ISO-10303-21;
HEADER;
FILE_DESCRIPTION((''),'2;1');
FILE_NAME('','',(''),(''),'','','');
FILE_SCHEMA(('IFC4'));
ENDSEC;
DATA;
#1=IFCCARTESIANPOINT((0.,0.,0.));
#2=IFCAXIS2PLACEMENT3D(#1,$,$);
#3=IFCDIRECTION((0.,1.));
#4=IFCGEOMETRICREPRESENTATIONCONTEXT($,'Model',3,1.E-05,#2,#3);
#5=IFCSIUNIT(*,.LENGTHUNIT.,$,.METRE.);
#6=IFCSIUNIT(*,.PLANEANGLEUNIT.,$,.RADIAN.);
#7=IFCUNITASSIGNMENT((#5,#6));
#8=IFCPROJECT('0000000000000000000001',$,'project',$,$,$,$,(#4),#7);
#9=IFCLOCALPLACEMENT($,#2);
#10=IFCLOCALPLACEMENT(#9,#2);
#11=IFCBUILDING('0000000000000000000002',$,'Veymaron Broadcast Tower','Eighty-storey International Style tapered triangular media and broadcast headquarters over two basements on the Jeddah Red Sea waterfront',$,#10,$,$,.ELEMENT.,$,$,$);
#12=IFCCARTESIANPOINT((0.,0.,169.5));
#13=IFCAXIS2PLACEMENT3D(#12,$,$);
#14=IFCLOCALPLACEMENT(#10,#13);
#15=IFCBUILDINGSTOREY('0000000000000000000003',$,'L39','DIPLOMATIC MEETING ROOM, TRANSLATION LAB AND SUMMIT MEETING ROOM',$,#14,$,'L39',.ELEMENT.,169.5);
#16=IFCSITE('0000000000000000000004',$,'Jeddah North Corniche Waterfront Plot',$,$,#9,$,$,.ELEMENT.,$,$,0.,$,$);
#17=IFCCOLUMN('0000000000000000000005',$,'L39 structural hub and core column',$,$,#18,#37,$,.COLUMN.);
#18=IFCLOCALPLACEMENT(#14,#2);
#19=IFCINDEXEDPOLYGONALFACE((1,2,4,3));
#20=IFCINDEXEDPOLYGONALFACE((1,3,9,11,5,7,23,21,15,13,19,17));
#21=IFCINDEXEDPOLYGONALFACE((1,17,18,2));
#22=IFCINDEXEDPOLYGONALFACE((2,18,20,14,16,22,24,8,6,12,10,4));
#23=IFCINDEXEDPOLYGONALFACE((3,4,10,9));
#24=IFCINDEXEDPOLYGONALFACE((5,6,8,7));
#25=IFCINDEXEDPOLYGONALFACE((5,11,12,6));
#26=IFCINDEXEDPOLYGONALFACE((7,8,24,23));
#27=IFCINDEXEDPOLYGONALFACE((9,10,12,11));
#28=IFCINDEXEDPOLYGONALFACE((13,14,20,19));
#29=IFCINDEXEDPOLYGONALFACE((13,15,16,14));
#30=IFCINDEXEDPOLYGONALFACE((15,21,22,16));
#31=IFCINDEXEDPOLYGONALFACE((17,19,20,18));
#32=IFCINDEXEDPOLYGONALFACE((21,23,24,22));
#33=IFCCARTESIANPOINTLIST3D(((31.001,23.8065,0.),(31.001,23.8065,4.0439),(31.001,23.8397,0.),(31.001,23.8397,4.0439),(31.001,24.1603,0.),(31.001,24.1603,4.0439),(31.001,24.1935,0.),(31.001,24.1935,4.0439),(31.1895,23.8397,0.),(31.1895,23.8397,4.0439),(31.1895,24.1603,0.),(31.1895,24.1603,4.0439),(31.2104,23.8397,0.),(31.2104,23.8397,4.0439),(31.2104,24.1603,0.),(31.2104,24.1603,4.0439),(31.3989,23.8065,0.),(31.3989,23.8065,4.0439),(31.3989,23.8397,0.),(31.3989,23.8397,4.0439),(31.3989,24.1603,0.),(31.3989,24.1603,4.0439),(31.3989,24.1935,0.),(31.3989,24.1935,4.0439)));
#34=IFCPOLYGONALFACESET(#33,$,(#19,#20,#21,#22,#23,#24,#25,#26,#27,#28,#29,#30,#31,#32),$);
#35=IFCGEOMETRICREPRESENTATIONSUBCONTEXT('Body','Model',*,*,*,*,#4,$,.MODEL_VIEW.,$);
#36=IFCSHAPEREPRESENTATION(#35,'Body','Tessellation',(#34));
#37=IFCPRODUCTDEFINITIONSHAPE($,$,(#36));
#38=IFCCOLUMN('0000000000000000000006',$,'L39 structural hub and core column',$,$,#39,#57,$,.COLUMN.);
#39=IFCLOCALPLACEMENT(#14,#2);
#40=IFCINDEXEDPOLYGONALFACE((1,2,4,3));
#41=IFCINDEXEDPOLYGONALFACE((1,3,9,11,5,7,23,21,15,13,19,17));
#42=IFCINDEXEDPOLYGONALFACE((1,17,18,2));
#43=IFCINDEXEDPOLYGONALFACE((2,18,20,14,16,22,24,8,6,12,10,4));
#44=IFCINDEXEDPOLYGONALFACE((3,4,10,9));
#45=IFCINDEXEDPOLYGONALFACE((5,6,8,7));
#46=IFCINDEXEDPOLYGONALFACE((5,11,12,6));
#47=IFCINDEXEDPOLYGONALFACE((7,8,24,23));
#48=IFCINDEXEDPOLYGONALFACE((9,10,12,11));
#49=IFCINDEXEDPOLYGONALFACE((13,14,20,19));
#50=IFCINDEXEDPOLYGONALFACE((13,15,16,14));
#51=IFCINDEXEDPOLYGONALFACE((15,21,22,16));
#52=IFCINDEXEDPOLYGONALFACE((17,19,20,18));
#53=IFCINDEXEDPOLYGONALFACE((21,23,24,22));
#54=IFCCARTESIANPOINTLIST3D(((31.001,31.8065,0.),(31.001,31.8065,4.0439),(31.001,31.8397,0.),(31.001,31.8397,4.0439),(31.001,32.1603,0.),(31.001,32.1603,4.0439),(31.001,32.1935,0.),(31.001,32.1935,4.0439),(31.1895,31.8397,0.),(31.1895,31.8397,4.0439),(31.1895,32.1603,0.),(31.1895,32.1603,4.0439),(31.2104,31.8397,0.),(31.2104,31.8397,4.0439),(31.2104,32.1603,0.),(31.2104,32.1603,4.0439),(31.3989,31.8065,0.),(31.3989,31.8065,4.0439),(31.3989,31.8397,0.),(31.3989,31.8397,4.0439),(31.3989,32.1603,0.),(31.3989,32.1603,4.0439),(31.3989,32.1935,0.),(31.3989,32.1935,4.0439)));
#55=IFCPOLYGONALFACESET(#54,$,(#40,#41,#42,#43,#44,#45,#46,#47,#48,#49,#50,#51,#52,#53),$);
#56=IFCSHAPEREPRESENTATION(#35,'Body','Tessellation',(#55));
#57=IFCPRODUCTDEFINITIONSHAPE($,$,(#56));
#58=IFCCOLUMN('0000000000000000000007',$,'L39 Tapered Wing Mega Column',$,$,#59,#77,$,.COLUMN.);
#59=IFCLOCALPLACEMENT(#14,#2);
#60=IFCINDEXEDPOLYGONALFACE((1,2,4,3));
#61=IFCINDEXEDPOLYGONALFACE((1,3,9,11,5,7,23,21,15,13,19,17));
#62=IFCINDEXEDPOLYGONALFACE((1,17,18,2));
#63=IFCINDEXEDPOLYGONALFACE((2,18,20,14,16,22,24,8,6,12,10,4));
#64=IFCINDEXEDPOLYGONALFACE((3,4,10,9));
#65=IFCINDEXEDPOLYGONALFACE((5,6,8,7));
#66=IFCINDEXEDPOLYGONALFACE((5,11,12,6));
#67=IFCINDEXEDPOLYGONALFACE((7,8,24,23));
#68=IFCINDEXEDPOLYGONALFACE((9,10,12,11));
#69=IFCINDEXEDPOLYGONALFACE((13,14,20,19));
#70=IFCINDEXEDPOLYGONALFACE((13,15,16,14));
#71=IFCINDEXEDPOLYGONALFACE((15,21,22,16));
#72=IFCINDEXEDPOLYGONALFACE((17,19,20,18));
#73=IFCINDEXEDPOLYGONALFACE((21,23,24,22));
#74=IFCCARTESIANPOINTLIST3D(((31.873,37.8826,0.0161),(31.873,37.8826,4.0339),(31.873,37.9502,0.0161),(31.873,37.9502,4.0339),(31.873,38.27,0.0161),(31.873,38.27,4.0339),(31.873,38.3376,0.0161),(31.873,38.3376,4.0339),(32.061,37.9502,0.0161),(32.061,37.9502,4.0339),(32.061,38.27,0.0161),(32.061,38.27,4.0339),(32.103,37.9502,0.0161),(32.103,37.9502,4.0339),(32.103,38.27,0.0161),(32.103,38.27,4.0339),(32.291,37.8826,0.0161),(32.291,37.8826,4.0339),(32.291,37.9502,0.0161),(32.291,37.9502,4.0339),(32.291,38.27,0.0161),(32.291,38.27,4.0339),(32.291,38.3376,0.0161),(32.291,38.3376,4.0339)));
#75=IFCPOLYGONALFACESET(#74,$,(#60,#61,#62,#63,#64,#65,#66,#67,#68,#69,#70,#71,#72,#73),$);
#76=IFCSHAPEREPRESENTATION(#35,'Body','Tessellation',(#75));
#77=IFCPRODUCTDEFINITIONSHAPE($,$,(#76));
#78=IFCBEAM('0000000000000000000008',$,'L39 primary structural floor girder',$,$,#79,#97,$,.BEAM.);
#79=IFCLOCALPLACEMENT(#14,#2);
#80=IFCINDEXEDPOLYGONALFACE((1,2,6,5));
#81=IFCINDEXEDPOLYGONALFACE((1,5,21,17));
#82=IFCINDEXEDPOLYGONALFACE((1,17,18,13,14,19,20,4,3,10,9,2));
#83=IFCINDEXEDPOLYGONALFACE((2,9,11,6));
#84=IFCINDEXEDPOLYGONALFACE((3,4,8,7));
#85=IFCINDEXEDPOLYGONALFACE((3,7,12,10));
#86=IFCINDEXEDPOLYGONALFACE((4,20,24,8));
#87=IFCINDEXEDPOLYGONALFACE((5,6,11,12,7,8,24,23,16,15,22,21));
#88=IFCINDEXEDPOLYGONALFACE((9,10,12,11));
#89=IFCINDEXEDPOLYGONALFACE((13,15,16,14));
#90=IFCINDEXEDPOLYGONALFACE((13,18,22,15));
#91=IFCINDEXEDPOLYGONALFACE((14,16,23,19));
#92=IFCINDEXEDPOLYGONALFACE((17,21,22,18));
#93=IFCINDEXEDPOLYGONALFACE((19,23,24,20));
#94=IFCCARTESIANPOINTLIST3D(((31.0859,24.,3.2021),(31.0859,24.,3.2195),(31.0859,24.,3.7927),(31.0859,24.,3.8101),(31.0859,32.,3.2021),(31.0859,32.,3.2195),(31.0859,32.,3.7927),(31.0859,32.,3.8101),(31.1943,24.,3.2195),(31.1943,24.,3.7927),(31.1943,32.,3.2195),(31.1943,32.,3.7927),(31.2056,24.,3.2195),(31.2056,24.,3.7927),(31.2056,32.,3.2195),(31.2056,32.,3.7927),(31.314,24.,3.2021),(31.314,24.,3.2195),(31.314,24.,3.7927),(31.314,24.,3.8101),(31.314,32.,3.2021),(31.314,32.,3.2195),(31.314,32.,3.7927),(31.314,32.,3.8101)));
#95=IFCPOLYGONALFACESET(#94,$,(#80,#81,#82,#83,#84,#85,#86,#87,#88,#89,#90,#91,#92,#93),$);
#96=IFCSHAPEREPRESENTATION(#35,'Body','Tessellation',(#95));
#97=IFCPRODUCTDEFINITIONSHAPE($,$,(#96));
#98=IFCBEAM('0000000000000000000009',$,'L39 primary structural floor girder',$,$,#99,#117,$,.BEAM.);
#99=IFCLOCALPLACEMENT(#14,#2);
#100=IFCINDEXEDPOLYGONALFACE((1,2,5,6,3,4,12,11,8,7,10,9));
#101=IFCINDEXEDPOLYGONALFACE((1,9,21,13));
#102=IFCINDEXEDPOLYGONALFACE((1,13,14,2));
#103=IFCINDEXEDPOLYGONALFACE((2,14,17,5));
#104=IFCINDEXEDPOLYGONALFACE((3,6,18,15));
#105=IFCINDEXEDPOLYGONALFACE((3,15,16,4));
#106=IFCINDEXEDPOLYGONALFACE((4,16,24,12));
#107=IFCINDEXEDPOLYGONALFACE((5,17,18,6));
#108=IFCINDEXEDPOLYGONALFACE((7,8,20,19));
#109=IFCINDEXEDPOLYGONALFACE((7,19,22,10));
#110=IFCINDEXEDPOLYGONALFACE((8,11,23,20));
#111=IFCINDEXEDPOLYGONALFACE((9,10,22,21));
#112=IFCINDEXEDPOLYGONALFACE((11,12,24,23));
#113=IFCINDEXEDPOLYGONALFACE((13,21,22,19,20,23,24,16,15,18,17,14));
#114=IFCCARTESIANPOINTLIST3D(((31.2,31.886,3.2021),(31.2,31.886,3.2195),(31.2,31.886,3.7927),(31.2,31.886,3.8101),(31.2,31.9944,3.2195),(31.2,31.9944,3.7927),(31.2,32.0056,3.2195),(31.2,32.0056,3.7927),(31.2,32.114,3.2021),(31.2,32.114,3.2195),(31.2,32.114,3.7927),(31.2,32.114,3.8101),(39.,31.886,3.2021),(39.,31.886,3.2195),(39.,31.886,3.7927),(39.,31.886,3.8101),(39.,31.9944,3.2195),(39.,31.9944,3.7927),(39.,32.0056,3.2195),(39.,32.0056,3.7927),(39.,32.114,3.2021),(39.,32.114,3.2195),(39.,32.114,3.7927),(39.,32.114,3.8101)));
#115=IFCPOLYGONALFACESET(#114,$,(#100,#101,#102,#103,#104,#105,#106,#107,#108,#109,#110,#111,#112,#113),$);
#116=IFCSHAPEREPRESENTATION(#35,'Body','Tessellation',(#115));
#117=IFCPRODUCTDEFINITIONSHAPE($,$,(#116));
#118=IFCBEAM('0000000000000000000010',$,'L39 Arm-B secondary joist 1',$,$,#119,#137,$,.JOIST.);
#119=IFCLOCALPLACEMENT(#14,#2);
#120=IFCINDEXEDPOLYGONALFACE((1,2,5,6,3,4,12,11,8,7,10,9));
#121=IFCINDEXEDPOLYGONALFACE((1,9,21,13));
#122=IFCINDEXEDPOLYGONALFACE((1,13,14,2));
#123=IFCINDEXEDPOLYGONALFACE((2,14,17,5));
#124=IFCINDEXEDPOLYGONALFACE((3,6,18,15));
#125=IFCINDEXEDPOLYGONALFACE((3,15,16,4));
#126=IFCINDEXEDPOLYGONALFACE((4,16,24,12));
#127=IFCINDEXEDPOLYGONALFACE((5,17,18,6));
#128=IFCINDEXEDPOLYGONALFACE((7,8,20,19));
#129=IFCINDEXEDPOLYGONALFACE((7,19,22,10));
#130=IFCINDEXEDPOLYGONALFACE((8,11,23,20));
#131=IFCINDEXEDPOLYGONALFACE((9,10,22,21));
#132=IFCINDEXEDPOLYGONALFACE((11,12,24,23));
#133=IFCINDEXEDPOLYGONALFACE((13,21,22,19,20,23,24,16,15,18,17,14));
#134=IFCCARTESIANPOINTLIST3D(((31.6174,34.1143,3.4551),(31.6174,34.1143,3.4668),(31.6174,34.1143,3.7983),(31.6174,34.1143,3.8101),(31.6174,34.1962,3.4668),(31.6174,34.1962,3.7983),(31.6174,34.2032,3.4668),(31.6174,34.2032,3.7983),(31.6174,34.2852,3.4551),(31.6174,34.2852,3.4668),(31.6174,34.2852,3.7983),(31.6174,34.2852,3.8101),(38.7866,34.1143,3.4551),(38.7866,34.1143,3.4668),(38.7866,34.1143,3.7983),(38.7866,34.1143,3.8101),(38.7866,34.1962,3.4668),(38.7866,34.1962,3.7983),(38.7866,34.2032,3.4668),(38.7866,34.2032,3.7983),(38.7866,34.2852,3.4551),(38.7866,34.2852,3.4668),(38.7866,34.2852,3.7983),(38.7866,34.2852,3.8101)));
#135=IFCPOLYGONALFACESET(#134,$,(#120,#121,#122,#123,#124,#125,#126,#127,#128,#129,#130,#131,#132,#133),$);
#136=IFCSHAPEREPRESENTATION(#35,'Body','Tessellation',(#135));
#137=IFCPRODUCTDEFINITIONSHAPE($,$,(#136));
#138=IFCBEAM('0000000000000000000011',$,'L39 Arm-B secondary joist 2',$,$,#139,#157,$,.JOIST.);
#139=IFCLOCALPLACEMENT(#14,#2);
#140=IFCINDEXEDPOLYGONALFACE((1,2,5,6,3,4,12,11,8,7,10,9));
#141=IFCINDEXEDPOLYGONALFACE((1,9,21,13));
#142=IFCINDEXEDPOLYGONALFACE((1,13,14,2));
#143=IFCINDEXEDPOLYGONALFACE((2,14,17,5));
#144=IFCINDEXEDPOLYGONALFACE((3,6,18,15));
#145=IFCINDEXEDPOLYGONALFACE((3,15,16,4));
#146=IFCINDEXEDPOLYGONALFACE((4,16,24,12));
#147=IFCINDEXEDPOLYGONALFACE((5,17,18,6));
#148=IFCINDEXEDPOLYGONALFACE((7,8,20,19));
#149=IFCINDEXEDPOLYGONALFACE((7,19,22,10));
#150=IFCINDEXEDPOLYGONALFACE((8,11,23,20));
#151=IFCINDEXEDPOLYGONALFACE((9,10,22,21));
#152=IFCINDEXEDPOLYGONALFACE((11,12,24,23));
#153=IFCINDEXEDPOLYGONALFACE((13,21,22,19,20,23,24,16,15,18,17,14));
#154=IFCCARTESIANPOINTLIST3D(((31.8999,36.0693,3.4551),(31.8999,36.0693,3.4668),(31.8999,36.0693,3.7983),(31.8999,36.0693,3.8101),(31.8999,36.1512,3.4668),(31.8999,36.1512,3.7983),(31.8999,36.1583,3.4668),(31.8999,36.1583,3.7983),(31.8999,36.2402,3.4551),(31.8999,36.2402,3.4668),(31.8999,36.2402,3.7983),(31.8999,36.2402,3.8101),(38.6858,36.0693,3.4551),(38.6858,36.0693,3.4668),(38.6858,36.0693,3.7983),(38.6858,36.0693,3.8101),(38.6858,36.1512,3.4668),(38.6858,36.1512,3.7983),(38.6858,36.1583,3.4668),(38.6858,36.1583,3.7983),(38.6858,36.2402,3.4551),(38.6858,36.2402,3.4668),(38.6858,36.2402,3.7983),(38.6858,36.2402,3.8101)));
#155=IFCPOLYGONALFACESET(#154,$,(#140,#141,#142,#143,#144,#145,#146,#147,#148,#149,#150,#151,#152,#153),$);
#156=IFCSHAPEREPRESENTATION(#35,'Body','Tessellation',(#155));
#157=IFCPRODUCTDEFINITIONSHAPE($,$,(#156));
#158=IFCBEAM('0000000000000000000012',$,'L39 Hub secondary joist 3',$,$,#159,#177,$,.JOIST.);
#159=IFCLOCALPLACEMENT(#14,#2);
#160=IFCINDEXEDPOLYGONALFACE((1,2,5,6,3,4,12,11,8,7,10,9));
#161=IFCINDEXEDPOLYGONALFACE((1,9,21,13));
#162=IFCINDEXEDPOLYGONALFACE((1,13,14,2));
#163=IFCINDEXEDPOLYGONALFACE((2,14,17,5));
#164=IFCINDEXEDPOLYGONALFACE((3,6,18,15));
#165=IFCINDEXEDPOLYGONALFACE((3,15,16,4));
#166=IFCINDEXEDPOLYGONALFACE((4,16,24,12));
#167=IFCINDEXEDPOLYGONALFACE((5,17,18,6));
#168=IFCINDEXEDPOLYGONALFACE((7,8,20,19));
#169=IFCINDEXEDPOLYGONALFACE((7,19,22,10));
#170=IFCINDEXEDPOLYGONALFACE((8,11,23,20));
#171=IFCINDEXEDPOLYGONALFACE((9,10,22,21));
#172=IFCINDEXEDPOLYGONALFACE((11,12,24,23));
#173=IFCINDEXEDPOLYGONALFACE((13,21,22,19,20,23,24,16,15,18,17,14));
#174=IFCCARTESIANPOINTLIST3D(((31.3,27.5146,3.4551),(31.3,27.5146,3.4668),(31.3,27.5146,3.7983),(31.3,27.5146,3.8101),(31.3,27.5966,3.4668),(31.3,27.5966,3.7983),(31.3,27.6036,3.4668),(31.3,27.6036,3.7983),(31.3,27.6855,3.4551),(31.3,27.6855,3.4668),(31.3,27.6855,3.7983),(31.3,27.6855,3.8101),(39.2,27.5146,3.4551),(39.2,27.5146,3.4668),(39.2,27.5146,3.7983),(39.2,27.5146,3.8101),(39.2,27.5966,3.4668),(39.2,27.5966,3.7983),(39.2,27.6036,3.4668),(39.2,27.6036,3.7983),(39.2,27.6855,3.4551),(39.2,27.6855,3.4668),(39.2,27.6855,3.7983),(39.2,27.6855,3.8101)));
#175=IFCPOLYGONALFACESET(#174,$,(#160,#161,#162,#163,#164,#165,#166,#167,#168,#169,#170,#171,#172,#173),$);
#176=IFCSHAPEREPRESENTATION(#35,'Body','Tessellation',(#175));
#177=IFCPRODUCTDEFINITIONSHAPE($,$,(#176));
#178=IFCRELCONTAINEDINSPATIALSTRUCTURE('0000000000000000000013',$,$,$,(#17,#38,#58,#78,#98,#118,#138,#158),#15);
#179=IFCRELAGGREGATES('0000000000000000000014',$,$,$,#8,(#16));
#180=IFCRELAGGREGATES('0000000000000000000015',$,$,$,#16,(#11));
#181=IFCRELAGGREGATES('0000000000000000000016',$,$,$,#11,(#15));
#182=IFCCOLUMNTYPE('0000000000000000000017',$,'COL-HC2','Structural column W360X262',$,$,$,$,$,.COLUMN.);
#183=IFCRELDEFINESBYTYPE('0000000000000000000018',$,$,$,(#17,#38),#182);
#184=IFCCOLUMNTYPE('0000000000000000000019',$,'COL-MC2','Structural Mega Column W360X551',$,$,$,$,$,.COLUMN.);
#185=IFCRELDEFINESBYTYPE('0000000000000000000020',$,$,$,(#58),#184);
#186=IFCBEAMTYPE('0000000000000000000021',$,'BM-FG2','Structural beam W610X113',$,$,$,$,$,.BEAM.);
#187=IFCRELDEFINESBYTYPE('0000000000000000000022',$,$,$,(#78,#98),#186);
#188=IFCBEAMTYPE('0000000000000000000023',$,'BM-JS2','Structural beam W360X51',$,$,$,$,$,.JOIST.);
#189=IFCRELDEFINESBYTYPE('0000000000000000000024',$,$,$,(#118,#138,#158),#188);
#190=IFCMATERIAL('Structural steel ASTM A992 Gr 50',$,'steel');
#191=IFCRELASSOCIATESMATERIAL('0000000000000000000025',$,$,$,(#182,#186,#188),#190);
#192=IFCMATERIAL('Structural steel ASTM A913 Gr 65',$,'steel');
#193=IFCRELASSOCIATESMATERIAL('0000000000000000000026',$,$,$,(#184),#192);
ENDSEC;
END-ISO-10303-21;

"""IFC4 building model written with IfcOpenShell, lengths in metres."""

from ifc_helpers import new_model, si_unit, direction, frame, origin, origin_2d, place, context, subcontext, project, spatial, i_section, extrude, material, material_profile, profile_set, type_object, element, save


model = new_model("IFC4")

# Units and contexts
model_context = context("Model", 3, precision=1e-05, world=origin(), true_north=direction((0.0, 1.0)))
body_context = subcontext(model_context, "Body", "Model", "MODEL_VIEW")
ifc_project = project(units=[si_unit("LENGTHUNIT", "METRE"), si_unit("PLANEANGLEUNIT", "RADIAN")], contexts=[model_context])

# Site, building, storey
site_placement = place(None, origin())
site = spatial("IfcSite", under=ifc_project, at=site_placement, Name="Jeddah North Corniche Waterfront Plot", CompositionType="ELEMENT", RefElevation=0.0)
building_placement = place(site_placement, origin())
building = spatial("IfcBuilding", under=site, at=building_placement, Name="Veymaron Broadcast Tower", Description="Eighty-storey International Style tapered triangular media and broadcast headquarters over two basements on the Jeddah Red Sea waterfront", CompositionType="ELEMENT")
storey_placement = place(building_placement, frame((0.0, 0.0, 169.5)))
storey = spatial("IfcBuildingStorey", under=building, at=storey_placement, Name="L39", Description="DIPLOMATIC MEETING ROOM, TRANSLATION LAB AND SUMMIT MEETING ROOM", LongName="L39", CompositionType="ELEMENT", Elevation=169.5)

# Columns
ifc_material_1 = material(Name="Structural steel ASTM A992 Gr 50", Category="steel")
ifc_material_profile_1 = material_profile(ifc_material_1, i_section(OverallWidth=0.3979, OverallDepth=0.387, WebThickness=0.021, FlangeThickness=0.0332, at=origin_2d()), Name="W360X262")
ifc_profile_set_1 = profile_set([ifc_material_profile_1], Name="Structural steel ASTM A992 Gr 50")
column_type_1 = type_object("IfcColumnType", Name="COL-HC2", Description="Structural column W360X262", PredefinedType="COLUMN", material=ifc_profile_set_1)
for number, where, z_axis, x_axis, name in (
    (1, (31.2, 24.0, 0.0), (0.0, 0.0, 1.0), (1.0, 0.0, 0.0), "L39 structural hub and core column"),
    (2, (31.2, 32.0, 0.0), (0.0, 0.0, 1.0), (1.0, 0.0, 0.0), "L39 structural hub and core column"),
):
    element("IfcColumn", number, at=place(storey_placement, frame(where, z_axis=z_axis, x_axis=x_axis)), inside=storey, type_object=column_type_1, Name=name, PredefinedType="COLUMN", context=body_context, shape_type="SweptSolid", body=[
        extrude(i_section(OverallWidth=0.3979, OverallDepth=0.387, WebThickness=0.021, FlangeThickness=0.0332, at=origin_2d()), origin(), (0.0, 0.0, 1.0), 4.0439),
    ])
ifc_material_2 = material(Name="Structural steel ASTM A913 Gr 65", Category="steel")
ifc_material_profile_2 = material_profile(ifc_material_2, i_section(OverallWidth=0.418, OverallDepth=0.4551, WebThickness=0.042, FlangeThickness=0.0676, at=origin_2d()), Name="W360X551")
ifc_profile_set_2 = profile_set([ifc_material_profile_2], Name="Structural steel ASTM A913 Gr 65")
column_type_2 = type_object("IfcColumnType", Name="COL-MC2", Description="Structural Mega Column W360X551", PredefinedType="COLUMN", material=ifc_profile_set_2)
column_placement = place(storey_placement, frame((32.082, 38.1101, 0.0161), z_axis=(0.0, 0.0, 1.0), x_axis=(1.0, 0.0, 0.0)))
element("IfcColumn", 3, at=column_placement, inside=storey, type_object=column_type_2, Name="L39 Tapered Wing Mega Column", PredefinedType="COLUMN", context=body_context, shape_type="SweptSolid", body=[
    extrude(i_section(OverallWidth=0.418, OverallDepth=0.4551, WebThickness=0.042, FlangeThickness=0.0676, at=origin_2d()), origin(), (0.0, 0.0, 1.0), 4.0178),
])

# Beams
ifc_material_profile_3 = material_profile(ifc_material_1, i_section(OverallWidth=0.228, OverallDepth=0.6079, WebThickness=0.0112, FlangeThickness=0.0173, at=origin_2d()), Name="W610X113")
ifc_profile_set_3 = profile_set([ifc_material_profile_3], Name="Structural steel ASTM A992 Gr 50")
beam_type_1 = type_object("IfcBeamType", Name="BM-FG2", Description="Structural beam W610X113", PredefinedType="BEAM", material=ifc_profile_set_3)
beam_1_placement = place(storey_placement, frame((31.2, 24.0, 3.5061), z_axis=(0.0, 1.0, 0.0), x_axis=(-1.0, 0.0, 0.0)))
element("IfcBeam", 4, at=beam_1_placement, inside=storey, type_object=beam_type_1, Name="L39 primary structural floor girder", PredefinedType="BEAM", context=body_context, shape_type="SweptSolid", body=[
    extrude(i_section(OverallWidth=0.228, OverallDepth=0.6079, WebThickness=0.0112, FlangeThickness=0.0173, at=origin_2d()), origin(), (0.0, 0.0, 1.0), 8.0),
])
beam_2_placement = place(storey_placement, frame((31.2, 32.0, 3.5061), z_axis=(1.0, 0.0, 0.0), x_axis=(0.0, 1.0, 0.0)))
element("IfcBeam", 5, at=beam_2_placement, inside=storey, type_object=beam_type_1, Name="L39 primary structural floor girder", PredefinedType="BEAM", context=body_context, shape_type="SweptSolid", body=[
    extrude(i_section(OverallWidth=0.228, OverallDepth=0.6079, WebThickness=0.0112, FlangeThickness=0.0173, at=origin_2d()), origin(), (0.0, 0.0, 1.0), 7.8),
])
ifc_material_profile_4 = material_profile(ifc_material_1, i_section(OverallWidth=0.1709, OverallDepth=0.355, WebThickness=0.0071, FlangeThickness=0.0117, at=origin_2d()), Name="W360X51")
ifc_profile_set_4 = profile_set([ifc_material_profile_4], Name="Structural steel ASTM A992 Gr 50")
beam_type_2 = type_object("IfcBeamType", Name="BM-JS2", Description="Structural beam W360X51", PredefinedType="JOIST", material=ifc_profile_set_4)
beam_3_placement = place(storey_placement, frame((31.6174, 34.1997, 3.6326), z_axis=(1.0, 0.0, 0.0), x_axis=(0.0, 1.0, 0.0)))
element("IfcBeam", 6, at=beam_3_placement, inside=storey, type_object=beam_type_2, Name="L39 Arm-B secondary joist 1", PredefinedType="JOIST", context=body_context, shape_type="SweptSolid", body=[
    extrude(i_section(OverallWidth=0.1709, OverallDepth=0.355, WebThickness=0.0071, FlangeThickness=0.0117, at=origin_2d()), origin(), (0.0, 0.0, 1.0), 7.1692),
])
beam_4_placement = place(storey_placement, frame((31.8999, 36.1548, 3.6326), z_axis=(1.0, 0.0, 0.0), x_axis=(0.0, 1.0, 0.0)))
element("IfcBeam", 7, at=beam_4_placement, inside=storey, type_object=beam_type_2, Name="L39 Arm-B secondary joist 2", PredefinedType="JOIST", context=body_context, shape_type="SweptSolid", body=[
    extrude(i_section(OverallWidth=0.1709, OverallDepth=0.355, WebThickness=0.0071, FlangeThickness=0.0117, at=origin_2d()), origin(), (0.0, 0.0, 1.0), 6.7859),
])
for number, where, z_axis, x_axis, name in (
    (8, (31.3, 27.6001, 3.6326), (1.0, 0.0, 0.0), (0.0, 1.0, 0.0), "L39 Hub secondary joist 3"),
):
    element("IfcBeam", number, at=place(storey_placement, frame(where, z_axis=z_axis, x_axis=x_axis)), inside=storey, type_object=beam_type_2, Name=name, PredefinedType="JOIST", context=body_context, shape_type="SweptSolid", body=[
        extrude(i_section(OverallWidth=0.1709, OverallDepth=0.355, WebThickness=0.0071, FlangeThickness=0.0117, at=origin_2d()), origin(), (0.0, 0.0, 1.0), 7.8999),
    ])

save(model, "model.ifc")
